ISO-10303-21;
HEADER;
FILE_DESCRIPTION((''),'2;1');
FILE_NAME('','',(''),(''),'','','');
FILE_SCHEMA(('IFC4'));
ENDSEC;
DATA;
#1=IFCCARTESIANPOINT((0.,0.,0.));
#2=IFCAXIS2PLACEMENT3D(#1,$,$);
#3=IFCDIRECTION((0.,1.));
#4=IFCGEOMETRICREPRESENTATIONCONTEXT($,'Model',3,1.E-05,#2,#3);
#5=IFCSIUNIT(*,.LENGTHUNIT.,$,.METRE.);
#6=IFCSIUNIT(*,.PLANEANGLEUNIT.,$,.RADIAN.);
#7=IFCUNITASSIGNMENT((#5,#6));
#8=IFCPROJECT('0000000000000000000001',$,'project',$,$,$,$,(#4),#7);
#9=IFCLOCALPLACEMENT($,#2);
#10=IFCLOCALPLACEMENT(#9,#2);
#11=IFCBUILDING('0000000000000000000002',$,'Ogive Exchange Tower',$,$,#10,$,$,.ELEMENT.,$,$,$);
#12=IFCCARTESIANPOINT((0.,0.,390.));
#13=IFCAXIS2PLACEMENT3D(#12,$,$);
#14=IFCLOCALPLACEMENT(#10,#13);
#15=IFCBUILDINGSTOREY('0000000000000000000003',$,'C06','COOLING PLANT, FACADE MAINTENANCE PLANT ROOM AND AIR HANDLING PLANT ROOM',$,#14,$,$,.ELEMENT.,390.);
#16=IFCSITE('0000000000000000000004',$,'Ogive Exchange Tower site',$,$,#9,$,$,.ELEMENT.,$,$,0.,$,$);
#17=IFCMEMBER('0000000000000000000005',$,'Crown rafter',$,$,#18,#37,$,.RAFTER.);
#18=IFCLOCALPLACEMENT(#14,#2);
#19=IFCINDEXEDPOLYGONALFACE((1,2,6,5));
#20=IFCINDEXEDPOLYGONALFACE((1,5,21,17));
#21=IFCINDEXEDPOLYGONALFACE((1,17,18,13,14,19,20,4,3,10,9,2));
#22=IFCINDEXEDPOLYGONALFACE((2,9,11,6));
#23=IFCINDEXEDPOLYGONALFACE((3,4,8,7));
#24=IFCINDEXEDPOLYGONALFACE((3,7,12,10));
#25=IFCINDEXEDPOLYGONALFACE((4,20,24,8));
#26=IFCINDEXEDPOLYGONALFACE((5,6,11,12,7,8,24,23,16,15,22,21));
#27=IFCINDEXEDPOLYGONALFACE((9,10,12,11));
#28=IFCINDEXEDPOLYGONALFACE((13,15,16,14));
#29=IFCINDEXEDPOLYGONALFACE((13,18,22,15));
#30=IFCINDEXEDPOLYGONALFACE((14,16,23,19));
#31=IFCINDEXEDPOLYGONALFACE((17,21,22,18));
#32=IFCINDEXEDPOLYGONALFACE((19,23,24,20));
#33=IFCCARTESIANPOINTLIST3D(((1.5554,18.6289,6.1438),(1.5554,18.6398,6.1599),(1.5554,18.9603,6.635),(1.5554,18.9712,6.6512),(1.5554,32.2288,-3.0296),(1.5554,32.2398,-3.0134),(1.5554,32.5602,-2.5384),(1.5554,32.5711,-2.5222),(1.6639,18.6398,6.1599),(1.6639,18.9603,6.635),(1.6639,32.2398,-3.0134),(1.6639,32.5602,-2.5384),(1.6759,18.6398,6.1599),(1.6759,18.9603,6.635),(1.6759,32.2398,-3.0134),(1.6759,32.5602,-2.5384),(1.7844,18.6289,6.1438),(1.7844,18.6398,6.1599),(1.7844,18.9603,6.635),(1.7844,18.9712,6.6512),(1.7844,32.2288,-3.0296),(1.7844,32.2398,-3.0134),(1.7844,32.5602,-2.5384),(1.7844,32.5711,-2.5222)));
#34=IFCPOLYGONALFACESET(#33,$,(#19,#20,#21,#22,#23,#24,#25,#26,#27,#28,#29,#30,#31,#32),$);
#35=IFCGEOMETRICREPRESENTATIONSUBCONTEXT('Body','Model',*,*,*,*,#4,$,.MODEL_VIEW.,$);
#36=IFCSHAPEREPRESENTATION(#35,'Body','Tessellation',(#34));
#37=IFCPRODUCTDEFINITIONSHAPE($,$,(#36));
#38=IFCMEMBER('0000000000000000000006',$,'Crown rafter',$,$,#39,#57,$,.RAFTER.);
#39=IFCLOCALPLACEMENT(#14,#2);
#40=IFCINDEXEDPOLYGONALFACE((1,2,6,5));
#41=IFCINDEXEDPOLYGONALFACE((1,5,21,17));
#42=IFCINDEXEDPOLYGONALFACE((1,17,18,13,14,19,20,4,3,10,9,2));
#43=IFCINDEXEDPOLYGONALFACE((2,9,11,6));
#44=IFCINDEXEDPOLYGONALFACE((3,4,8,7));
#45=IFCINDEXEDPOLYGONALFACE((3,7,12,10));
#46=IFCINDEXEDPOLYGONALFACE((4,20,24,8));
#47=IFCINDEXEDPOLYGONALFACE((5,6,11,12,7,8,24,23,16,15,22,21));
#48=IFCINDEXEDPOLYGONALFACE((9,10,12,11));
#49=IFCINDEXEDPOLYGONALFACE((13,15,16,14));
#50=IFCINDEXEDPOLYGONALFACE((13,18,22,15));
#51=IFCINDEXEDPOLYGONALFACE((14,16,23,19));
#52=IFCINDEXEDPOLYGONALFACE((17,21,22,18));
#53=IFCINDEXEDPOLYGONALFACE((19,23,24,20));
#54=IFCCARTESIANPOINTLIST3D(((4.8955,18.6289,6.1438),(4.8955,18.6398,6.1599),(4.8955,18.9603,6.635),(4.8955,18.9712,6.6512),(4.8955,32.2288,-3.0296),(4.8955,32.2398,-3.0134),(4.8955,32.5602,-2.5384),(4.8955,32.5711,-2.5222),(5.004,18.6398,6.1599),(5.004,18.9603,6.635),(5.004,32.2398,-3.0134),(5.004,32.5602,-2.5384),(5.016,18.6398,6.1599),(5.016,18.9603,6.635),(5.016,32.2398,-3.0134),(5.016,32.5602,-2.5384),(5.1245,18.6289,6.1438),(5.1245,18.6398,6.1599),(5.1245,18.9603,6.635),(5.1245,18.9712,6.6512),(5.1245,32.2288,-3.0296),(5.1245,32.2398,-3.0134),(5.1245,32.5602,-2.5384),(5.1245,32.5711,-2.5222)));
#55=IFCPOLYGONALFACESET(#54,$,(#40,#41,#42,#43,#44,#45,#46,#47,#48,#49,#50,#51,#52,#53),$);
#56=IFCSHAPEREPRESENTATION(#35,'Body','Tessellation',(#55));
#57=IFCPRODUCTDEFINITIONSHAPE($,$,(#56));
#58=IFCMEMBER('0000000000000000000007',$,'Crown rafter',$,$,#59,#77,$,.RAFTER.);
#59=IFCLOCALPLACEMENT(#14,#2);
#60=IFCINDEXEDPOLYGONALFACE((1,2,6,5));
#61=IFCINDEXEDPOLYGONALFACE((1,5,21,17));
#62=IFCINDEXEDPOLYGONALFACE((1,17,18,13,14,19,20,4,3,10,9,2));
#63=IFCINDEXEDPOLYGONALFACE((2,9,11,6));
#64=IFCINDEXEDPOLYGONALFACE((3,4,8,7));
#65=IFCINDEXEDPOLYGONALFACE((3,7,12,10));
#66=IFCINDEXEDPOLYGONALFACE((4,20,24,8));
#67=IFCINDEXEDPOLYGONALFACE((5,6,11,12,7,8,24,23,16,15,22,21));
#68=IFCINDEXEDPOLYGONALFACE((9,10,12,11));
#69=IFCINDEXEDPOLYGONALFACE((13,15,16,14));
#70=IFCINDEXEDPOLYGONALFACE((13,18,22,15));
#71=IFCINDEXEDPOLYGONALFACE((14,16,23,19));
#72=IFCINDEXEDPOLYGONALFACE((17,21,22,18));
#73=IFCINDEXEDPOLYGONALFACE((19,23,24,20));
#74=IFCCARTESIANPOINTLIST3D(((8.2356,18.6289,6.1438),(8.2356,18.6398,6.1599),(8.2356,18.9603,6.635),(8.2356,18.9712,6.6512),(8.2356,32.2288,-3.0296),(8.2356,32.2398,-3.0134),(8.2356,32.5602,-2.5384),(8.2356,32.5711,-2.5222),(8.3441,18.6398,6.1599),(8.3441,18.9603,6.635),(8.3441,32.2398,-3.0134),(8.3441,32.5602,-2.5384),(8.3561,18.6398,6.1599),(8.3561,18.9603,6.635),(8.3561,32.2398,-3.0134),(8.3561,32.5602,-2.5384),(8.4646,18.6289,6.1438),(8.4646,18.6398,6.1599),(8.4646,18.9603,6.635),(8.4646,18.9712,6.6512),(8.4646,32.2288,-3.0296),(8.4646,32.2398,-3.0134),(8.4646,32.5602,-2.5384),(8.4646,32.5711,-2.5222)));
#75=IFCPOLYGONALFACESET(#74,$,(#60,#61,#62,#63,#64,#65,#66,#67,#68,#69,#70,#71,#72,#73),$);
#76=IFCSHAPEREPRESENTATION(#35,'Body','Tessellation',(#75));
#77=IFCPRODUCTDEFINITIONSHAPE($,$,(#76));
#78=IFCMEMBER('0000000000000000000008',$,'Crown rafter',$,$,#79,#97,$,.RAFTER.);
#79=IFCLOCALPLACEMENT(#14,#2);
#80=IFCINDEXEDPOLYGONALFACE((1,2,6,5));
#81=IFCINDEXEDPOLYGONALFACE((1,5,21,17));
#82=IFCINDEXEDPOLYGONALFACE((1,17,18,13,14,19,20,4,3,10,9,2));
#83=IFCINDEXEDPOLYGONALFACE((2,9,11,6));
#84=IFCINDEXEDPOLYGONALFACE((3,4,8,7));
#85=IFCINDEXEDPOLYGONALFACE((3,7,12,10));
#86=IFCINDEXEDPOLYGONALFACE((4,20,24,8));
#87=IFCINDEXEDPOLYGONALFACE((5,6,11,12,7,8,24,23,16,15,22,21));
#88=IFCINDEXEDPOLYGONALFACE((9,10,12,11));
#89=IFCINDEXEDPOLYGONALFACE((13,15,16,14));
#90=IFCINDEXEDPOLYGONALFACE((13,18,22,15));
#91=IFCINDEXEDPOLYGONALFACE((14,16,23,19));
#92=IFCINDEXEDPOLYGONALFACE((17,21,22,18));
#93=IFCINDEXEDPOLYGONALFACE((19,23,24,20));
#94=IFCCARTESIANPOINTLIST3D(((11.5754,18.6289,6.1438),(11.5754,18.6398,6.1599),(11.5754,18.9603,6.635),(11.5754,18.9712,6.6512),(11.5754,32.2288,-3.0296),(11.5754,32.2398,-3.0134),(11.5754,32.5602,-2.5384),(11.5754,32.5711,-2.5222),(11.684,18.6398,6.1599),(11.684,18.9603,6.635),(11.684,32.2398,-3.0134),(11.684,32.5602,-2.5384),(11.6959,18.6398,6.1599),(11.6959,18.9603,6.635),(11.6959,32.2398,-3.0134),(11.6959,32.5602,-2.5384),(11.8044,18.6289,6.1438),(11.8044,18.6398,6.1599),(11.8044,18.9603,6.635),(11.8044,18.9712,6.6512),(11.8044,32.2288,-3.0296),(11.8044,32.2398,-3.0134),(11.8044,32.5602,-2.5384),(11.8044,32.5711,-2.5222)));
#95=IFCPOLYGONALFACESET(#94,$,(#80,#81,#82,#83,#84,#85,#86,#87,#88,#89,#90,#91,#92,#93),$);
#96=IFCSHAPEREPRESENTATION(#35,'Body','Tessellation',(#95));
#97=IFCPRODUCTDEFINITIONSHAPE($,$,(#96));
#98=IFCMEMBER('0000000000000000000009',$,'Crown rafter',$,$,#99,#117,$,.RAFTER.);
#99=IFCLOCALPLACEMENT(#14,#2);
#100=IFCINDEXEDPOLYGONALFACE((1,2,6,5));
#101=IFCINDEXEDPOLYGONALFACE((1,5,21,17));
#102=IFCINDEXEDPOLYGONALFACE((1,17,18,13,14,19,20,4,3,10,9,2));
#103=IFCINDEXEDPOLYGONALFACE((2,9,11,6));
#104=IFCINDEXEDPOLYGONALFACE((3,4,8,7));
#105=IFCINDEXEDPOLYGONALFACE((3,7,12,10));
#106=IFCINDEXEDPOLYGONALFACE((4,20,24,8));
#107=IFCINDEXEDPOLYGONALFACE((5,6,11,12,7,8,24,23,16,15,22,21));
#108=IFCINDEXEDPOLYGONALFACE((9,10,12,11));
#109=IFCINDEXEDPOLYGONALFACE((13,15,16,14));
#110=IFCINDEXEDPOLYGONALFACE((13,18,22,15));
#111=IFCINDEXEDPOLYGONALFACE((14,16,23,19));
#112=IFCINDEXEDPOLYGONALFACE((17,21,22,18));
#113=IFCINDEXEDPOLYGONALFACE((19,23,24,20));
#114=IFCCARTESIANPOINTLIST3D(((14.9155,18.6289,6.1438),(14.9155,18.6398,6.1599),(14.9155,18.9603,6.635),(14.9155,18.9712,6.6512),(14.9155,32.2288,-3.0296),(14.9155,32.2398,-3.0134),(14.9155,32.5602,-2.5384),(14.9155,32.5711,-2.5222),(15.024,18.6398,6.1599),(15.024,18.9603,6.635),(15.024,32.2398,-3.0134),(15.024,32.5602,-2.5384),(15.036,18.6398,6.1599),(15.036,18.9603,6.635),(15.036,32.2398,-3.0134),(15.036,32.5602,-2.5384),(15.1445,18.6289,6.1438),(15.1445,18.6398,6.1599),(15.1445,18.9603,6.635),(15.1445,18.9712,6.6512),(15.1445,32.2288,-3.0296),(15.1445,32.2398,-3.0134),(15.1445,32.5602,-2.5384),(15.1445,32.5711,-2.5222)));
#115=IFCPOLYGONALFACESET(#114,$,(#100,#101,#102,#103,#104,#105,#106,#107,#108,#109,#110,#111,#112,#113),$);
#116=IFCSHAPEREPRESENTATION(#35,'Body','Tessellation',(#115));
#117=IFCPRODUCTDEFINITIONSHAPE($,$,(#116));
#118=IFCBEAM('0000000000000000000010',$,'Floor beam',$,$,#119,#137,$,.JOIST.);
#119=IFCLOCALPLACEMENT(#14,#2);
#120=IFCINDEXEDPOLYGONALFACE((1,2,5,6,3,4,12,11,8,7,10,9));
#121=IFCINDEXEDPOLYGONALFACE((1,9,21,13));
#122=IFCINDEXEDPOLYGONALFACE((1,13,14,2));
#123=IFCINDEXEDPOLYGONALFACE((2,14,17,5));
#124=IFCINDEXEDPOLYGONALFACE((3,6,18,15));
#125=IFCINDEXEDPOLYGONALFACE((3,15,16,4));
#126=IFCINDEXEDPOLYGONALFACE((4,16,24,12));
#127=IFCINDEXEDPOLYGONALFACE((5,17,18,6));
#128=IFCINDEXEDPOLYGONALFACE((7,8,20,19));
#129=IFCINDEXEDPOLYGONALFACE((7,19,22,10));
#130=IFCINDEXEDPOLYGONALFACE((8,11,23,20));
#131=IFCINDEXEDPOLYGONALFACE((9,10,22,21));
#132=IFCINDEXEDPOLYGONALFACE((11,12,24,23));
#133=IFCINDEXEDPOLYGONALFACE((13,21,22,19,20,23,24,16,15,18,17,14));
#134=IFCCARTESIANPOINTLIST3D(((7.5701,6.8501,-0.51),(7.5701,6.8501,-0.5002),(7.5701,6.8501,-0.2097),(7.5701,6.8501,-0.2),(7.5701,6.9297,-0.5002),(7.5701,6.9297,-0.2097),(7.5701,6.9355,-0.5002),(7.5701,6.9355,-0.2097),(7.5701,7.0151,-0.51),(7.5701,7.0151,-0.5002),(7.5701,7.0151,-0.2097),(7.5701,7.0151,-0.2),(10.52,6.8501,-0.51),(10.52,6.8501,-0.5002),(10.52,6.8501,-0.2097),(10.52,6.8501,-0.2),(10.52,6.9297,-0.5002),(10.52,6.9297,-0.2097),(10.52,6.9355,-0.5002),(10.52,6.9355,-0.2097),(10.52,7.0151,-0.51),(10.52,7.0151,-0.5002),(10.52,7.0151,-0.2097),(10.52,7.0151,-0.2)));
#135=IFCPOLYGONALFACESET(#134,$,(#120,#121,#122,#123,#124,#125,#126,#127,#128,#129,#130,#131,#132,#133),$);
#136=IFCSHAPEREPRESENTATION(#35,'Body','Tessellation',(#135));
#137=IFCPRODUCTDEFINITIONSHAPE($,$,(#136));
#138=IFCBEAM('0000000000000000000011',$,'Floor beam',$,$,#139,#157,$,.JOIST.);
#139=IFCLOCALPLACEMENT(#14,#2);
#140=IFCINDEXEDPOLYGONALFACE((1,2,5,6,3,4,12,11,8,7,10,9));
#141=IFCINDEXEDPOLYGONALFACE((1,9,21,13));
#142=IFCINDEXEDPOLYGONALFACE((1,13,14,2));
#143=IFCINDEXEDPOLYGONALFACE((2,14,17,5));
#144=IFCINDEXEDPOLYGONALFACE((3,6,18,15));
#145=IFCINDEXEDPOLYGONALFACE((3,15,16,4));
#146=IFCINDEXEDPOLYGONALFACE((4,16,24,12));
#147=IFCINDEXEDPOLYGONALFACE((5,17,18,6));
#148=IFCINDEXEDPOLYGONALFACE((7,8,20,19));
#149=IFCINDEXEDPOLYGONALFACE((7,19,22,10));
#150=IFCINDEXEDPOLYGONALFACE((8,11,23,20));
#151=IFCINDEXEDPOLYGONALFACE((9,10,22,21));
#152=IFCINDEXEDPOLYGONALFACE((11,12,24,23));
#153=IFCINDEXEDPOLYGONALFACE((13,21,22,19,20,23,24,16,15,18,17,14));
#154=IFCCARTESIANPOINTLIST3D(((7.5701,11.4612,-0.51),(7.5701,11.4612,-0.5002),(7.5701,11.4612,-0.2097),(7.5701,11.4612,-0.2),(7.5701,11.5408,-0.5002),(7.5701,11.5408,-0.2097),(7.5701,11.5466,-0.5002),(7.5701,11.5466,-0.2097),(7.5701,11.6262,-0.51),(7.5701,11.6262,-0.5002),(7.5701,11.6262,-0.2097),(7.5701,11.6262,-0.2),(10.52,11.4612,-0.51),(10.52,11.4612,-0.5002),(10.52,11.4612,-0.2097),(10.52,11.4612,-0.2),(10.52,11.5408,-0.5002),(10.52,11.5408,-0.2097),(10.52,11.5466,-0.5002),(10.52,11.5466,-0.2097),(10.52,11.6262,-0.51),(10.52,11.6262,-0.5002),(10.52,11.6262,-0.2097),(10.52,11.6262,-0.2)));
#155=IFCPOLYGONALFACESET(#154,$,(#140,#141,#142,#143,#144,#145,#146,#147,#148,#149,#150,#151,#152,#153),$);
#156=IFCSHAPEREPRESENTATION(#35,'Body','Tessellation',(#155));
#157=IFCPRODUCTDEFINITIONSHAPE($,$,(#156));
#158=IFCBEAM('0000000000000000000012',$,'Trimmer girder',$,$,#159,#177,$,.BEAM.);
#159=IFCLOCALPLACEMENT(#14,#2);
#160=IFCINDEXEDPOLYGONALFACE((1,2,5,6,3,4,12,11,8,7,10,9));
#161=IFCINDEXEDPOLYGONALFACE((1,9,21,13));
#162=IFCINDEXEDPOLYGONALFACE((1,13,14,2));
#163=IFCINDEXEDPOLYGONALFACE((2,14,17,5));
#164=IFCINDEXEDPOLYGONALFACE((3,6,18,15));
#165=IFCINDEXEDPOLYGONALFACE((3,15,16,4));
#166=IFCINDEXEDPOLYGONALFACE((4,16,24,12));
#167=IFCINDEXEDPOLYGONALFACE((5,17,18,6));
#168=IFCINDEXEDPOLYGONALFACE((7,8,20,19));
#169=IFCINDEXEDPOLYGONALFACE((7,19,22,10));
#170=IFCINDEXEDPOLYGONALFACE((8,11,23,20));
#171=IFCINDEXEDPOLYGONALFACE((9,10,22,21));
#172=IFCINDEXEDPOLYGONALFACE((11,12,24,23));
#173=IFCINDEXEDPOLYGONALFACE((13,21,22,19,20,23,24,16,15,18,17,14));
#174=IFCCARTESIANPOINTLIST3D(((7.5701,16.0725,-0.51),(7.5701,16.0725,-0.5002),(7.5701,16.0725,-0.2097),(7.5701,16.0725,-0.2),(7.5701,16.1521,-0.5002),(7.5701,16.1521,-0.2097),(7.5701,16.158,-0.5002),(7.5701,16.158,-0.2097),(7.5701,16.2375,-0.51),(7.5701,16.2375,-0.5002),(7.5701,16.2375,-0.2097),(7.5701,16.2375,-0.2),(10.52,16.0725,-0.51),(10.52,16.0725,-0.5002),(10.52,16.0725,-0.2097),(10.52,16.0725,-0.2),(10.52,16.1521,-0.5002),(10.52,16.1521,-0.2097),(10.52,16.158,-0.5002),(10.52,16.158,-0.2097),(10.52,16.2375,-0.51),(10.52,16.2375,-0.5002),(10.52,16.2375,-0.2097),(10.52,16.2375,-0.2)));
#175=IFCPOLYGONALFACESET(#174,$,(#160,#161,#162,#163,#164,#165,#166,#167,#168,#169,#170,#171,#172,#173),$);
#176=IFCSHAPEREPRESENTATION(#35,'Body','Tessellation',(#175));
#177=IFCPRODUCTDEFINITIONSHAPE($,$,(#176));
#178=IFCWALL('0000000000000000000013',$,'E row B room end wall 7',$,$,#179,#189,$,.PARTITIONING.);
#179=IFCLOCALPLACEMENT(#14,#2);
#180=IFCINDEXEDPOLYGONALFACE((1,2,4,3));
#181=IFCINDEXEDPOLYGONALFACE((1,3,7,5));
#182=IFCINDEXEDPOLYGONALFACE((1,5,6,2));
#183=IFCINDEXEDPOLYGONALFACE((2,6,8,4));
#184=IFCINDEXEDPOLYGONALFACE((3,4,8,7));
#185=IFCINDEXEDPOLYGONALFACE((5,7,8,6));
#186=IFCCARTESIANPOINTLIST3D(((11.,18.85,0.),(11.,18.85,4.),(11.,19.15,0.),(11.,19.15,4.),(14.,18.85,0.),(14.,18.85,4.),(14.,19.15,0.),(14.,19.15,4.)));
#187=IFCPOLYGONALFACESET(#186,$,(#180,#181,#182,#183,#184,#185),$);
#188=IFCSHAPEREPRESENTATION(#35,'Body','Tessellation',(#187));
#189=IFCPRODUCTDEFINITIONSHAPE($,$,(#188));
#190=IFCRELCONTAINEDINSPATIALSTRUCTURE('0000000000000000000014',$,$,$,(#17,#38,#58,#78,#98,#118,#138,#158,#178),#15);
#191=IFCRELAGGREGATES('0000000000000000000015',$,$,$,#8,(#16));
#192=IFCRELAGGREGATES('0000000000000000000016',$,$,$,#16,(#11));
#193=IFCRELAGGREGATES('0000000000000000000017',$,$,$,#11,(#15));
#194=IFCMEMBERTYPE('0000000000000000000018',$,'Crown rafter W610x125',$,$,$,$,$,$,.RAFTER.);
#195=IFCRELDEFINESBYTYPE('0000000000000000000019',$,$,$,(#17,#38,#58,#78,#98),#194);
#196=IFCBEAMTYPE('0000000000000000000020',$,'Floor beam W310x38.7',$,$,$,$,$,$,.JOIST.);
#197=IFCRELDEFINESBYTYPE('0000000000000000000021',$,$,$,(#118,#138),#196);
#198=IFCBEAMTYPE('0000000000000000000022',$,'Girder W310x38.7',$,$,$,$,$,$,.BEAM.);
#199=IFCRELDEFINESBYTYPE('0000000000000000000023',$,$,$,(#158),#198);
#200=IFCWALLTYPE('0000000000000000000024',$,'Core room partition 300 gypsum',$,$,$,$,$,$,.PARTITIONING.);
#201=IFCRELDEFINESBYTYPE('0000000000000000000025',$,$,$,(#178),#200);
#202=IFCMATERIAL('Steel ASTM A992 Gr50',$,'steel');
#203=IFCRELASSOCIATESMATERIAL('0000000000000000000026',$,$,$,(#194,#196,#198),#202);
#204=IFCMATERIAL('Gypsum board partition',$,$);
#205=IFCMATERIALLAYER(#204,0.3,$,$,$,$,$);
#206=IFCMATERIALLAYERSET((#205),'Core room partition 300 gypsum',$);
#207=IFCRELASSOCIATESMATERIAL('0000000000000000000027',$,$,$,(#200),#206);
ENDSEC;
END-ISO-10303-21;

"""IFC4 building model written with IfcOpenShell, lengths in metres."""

from ifc_helpers import new_model, si_unit, direction, frame, frame_2d, origin, origin_2d, place, context, subcontext, project, spatial, rectangle, i_section, extrude, material, layer, layer_set, material_profile, profile_set, type_object, element, save


model = new_model("IFC4")

# Units and contexts
model_context = context("Model", 3, precision=1e-05, world=origin(), true_north=direction((0.0, 1.0)))
body_context = subcontext(model_context, "Body", "Model", "MODEL_VIEW")
ifc_project = project(units=[si_unit("LENGTHUNIT", "METRE"), si_unit("PLANEANGLEUNIT", "RADIAN")], contexts=[model_context])

# Site, building, storey
site_placement = place(None, origin())
site = spatial("IfcSite", under=ifc_project, at=site_placement, Name="Ogive Exchange Tower site", CompositionType="ELEMENT", RefElevation=0.0)
building_placement = place(site_placement, origin())
building = spatial("IfcBuilding", under=site, at=building_placement, Name="Ogive Exchange Tower", CompositionType="ELEMENT")
storey_placement = place(building_placement, frame((0.0, 0.0, 390.0)))
storey = spatial("IfcBuildingStorey", under=building, at=storey_placement, Name="C06", Description="COOLING PLANT, FACADE MAINTENANCE PLANT ROOM AND AIR HANDLING PLANT ROOM", CompositionType="ELEMENT", Elevation=390.0)

# Members
ifc_material_1 = material(Name="Steel ASTM A992 Gr50", Category="steel")
ifc_material_profile_1 = material_profile(ifc_material_1, i_section(OverallWidth=0.229, OverallDepth=0.6121, WebThickness=0.012, FlangeThickness=0.0195, at=origin_2d()), Name="W610x125")
ifc_profile_set_1 = profile_set([ifc_material_profile_1], Name="Steel ASTM A992 Gr50")
member_type = type_object("IfcMemberType", Name="Crown rafter W610x125", PredefinedType="RAFTER", material=ifc_profile_set_1)
for number, where, z_axis, x_axis, name in (
    (1, (1.6699, 18.8, 6.3975), (0.0, 0.829034, -0.559198), (-1.0, 0.0, 0.0), "Crown rafter"),
    (2, (5.01, 18.8, 6.3975), (0.0, 0.829034, -0.559198), (-1.0, 0.0, 0.0), "Crown rafter"),
    (3, (8.3501, 18.8, 6.3975), (0.0, 0.829034, -0.559198), (-1.0, 0.0, 0.0), "Crown rafter"),
    (4, (11.6899, 18.8, 6.3975), (0.0, 0.829034, -0.559198), (-1.0, 0.0, 0.0), "Crown rafter"),
    (5, (15.03, 18.8, 6.3975), (0.0, 0.829034, -0.559198), (-1.0, 0.0, 0.0), "Crown rafter"),
):
    element("IfcMember", number, at=place(storey_placement, frame(where, z_axis=z_axis, x_axis=x_axis)), inside=storey, type_object=member_type, Name=name, PredefinedType="RAFTER", context=body_context, shape_type="SweptSolid", body=[
        extrude(i_section(OverallWidth=0.229, OverallDepth=0.6121, WebThickness=0.012, FlangeThickness=0.0195, at=origin_2d()), origin(), (0.0, 0.0, 1.0), 16.4045),
    ])

# Beams
ifc_material_profile_2 = material_profile(ifc_material_1, i_section(OverallWidth=0.165, OverallDepth=0.3101, WebThickness=0.0059, FlangeThickness=0.0098, at=origin_2d()), Name="W310x38.7")
ifc_profile_set_2 = profile_set([ifc_material_profile_2], Name="Steel ASTM A992 Gr50")
beam_type_1 = type_object("IfcBeamType", Name="Floor beam W310x38.7", PredefinedType="JOIST", material=ifc_profile_set_2)
for number, where, z_axis, x_axis, name in (
    (6, (7.5701, 6.9326, -0.355), (1.0, 0.0, 0.0), (0.0, 1.0, 0.0), "Floor beam"),
    (7, (7.5701, 11.5437, -0.355), (1.0, 0.0, 0.0), (0.0, 1.0, 0.0), "Floor beam"),
):
    element("IfcBeam", number, at=place(storey_placement, frame(where, z_axis=z_axis, x_axis=x_axis)), inside=storey, type_object=beam_type_1, Name=name, PredefinedType="JOIST", context=body_context, shape_type="SweptSolid", body=[
        extrude(i_section(OverallWidth=0.165, OverallDepth=0.3101, WebThickness=0.0059, FlangeThickness=0.0098, at=origin_2d()), origin(), (0.0, 0.0, 1.0), 2.95),
    ])
ifc_material_profile_3 = material_profile(ifc_material_1, i_section(OverallWidth=0.165, OverallDepth=0.3101, WebThickness=0.0059, FlangeThickness=0.0098, at=origin_2d()), Name="W310x38.7")
ifc_profile_set_3 = profile_set([ifc_material_profile_3], Name="Steel ASTM A992 Gr50")
beam_type_2 = type_object("IfcBeamType", Name="Girder W310x38.7", PredefinedType="BEAM", material=ifc_profile_set_3)
beam_placement = place(storey_placement, frame((7.5701, 16.155, -0.355), z_axis=(1.0, 0.0, 0.0), x_axis=(0.0, 1.0, 0.0)))
element("IfcBeam", 8, at=beam_placement, inside=storey, type_object=beam_type_2, Name="Trimmer girder", PredefinedType="BEAM", context=body_context, shape_type="SweptSolid", body=[
    extrude(i_section(OverallWidth=0.165, OverallDepth=0.3101, WebThickness=0.0059, FlangeThickness=0.0098, at=origin_2d()), origin(), (0.0, 0.0, 1.0), 2.95),
])

# Wall
ifc_material_2 = material(Name="Gypsum board partition")
ifc_layer_1 = layer(ifc_material_2, 0.3)
ifc_layer_set_1 = layer_set([ifc_layer_1], Name="Core room partition 300 gypsum")
wall_type_1 = type_object("IfcWallType", Name="Core room partition 300 gypsum", PredefinedType="PARTITIONING", material=ifc_layer_set_1)
wall_1_placement = place(storey_placement, frame((11.0, 19.0, 0.0), z_axis=(0.0, 0.0, 1.0), x_axis=(1.0, 0.0, 0.0)))
element("IfcWall", 9, at=wall_1_placement, inside=storey, type_object=wall_type_1, Name="E row B room end wall 7", PredefinedType="PARTITIONING", context=body_context, shape_type="SweptSolid", body=[
    extrude(rectangle(XDim=3.0, YDim=0.3, at=frame_2d((1.5, 0.0))), origin(), (0.0, 0.0, 1.0), 4.0),
])

save(model, "model.ifc")
